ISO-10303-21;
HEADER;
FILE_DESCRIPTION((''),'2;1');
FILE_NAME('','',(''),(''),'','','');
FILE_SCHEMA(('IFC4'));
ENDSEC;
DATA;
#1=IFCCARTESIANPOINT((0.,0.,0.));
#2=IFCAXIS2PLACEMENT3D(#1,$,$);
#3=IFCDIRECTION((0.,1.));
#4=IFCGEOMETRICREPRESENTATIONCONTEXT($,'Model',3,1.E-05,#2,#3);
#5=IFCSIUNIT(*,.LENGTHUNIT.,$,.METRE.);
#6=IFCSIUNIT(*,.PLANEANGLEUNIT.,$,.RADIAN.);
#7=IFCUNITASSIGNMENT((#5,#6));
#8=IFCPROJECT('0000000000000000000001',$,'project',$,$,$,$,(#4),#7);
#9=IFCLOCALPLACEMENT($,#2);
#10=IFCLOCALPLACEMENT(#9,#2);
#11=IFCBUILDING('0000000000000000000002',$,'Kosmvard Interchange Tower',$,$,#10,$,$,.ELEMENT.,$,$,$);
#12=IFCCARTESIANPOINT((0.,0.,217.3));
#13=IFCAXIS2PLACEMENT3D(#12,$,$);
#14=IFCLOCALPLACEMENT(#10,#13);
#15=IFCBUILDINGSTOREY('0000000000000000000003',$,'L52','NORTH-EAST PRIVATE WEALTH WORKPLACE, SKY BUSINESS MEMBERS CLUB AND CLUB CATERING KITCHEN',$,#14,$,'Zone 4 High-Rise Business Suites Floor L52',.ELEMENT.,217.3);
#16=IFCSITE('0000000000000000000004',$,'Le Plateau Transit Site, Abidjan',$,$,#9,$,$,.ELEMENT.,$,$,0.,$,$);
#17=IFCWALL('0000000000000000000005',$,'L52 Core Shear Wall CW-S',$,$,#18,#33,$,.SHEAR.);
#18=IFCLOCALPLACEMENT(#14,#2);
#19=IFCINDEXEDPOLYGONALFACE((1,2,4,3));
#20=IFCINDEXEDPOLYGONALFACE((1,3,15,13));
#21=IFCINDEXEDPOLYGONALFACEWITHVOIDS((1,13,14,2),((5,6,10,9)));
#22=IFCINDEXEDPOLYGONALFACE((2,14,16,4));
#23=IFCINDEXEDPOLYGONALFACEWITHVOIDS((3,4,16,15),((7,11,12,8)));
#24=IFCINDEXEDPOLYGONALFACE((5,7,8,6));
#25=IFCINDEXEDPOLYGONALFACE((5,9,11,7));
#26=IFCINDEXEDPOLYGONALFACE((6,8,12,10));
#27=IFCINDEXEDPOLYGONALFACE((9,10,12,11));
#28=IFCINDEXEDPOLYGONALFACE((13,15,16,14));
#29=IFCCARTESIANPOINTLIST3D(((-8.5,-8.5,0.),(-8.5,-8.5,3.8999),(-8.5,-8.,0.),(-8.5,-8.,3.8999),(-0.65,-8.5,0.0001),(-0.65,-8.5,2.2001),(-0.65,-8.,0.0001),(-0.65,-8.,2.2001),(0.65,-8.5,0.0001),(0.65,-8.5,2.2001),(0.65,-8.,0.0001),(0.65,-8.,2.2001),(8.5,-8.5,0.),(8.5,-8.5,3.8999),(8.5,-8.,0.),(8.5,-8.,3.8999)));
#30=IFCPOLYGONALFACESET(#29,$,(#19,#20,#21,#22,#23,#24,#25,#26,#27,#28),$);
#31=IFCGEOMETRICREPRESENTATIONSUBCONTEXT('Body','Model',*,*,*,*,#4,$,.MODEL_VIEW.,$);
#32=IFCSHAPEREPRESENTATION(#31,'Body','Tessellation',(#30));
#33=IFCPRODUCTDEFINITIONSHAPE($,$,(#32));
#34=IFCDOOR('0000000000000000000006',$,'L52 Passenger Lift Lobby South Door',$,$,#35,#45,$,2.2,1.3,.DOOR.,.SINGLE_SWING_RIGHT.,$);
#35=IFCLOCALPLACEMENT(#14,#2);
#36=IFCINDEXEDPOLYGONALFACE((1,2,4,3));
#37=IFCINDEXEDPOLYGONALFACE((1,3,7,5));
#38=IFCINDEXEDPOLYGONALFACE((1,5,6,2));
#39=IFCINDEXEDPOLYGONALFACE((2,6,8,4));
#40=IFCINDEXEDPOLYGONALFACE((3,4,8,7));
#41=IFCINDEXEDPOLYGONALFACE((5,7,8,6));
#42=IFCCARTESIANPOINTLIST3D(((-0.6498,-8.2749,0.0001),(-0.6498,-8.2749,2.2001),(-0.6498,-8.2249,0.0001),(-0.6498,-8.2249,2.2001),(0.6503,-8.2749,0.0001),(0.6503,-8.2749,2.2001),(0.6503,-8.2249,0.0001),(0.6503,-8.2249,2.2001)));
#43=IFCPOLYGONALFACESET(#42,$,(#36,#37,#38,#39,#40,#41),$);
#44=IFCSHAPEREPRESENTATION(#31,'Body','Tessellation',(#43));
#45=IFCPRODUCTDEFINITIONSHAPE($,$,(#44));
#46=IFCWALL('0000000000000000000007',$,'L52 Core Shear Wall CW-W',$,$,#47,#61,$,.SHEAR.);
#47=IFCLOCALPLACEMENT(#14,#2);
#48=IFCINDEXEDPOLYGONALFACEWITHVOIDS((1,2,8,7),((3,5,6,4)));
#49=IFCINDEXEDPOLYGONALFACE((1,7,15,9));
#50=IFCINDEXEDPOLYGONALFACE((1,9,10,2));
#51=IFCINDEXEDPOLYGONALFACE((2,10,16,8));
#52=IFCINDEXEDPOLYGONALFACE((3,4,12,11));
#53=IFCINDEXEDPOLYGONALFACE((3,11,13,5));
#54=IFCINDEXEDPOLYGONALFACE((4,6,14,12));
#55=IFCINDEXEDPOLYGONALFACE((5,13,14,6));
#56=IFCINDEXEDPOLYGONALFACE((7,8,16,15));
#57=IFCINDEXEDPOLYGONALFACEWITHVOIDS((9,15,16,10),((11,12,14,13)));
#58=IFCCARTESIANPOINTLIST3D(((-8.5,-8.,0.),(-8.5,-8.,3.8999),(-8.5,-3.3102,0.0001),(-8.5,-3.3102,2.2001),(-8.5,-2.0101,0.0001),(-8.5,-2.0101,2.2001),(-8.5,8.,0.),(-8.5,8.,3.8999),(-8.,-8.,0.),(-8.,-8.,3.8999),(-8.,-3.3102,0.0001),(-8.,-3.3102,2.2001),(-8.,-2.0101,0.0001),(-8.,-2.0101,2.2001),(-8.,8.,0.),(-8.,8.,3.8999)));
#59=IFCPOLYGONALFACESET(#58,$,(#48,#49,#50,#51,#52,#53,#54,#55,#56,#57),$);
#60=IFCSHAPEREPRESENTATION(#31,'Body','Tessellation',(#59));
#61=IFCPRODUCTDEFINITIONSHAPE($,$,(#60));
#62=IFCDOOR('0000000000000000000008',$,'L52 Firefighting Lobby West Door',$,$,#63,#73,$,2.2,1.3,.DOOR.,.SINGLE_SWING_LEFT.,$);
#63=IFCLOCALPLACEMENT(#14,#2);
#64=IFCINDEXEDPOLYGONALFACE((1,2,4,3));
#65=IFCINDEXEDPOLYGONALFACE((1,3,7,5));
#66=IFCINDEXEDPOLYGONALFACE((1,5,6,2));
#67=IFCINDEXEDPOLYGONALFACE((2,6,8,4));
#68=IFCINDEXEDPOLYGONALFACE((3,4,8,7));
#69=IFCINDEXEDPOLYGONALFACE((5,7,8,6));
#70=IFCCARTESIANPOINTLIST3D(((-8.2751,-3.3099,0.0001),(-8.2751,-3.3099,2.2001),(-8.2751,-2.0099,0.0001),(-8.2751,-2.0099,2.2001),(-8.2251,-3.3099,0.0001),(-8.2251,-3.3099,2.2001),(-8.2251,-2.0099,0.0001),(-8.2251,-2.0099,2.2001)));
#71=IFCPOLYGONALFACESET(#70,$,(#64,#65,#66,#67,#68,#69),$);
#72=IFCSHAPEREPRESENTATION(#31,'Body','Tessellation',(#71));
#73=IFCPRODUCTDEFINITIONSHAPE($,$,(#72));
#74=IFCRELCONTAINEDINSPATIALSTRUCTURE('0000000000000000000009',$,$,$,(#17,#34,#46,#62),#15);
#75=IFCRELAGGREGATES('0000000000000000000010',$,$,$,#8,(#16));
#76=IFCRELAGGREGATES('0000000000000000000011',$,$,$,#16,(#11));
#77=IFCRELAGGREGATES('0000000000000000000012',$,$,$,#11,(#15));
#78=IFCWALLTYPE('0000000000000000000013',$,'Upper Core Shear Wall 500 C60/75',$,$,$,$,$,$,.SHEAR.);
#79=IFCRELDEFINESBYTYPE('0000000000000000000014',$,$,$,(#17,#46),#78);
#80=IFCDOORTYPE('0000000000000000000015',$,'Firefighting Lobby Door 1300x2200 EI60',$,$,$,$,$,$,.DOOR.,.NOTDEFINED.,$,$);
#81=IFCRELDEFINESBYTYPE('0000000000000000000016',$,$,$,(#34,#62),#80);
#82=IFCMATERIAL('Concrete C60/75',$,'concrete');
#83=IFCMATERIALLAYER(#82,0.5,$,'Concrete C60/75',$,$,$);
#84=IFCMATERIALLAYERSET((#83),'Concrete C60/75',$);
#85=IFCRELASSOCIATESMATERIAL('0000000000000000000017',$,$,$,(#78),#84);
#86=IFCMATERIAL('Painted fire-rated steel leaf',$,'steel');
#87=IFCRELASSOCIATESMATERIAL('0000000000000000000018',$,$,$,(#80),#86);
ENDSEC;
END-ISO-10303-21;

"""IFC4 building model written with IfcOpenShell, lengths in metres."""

from ifc_helpers import new_model, si_unit, direction, frame, frame_2d, origin, place, context, subcontext, project, spatial, rectangle, extrude, source, transform, mapped, material, layer, layer_set, type_object, element, fill, save


model = new_model("IFC4")

# Units and contexts
model_context = context("Model", 3, precision=1e-05, world=origin(), true_north=direction((0.0, 1.0)))
body_context = subcontext(model_context, "Body", "Model", "MODEL_VIEW")
ifc_project = project(units=[si_unit("LENGTHUNIT", "METRE"), si_unit("PLANEANGLEUNIT", "RADIAN")], contexts=[model_context])

# Site, building, storey
site_placement = place(None, origin())
site = spatial("IfcSite", under=ifc_project, at=site_placement, Name="Le Plateau Transit Site, Abidjan", CompositionType="ELEMENT", RefElevation=0.0)
building_placement = place(site_placement, origin())
building = spatial("IfcBuilding", under=site, at=building_placement, Name="Kosmvard Interchange Tower", CompositionType="ELEMENT")
storey_placement = place(building_placement, frame((0.0, 0.0, 217.3)))
storey = spatial("IfcBuildingStorey", under=building, at=storey_placement, Name="L52", Description="NORTH-EAST PRIVATE WEALTH WORKPLACE, SKY BUSINESS MEMBERS CLUB AND CLUB CATERING KITCHEN", LongName="Zone 4 High-Rise Business Suites Floor L52", CompositionType="ELEMENT", Elevation=217.3)

# Shared definitions
ifc_material_1 = material(Name="Concrete C60/75", Category="concrete")

# Shared definitions
ifc_material_2 = material(Name="Painted fire-rated steel leaf", Category="steel")

# Walls, openings, doors
ifc_layer_1 = layer(ifc_material_1, 0.5, Name="Concrete C60/75")
ifc_layer_set_1 = layer_set([ifc_layer_1], Name="Concrete C60/75")
wall_type_1 = type_object("IfcWallType", Name="Upper Core Shear Wall 500 C60/75", PredefinedType="SHEAR", material=ifc_layer_set_1)
wall_1_placement = place(storey_placement, frame((-8.5, -8.25, 0.0), z_axis=(0.0, 0.0, 1.0), x_axis=(1.0, 0.0, 0.0)))
wall_1 = element("IfcWall", 1, at=wall_1_placement, inside=storey, type_object=wall_type_1, Name="L52 Core Shear Wall CW-S", PredefinedType="SHEAR", context=body_context, shape_type="SweptSolid", body=[
    extrude(rectangle(XDim=17.0, YDim=0.5, at=frame_2d((8.5, 0.0))), origin(), (0.0, 0.0, 1.0), 3.8999),
])
opening_1_placement = place(wall_1_placement, frame((7.8501, 0.0, 0.0)))
opening_1 = element("IfcOpeningElement", 2, at=opening_1_placement, cuts=wall_1, PredefinedType="OPENING", context=body_context, shape_type="SweptSolid", body=[
    extrude(rectangle(XDim=1.3, YDim=2.2, at=frame_2d((0.6499, 1.1001))), frame((0.0, 0.26, 0.0), z_axis=(0.0, -1.0, 0.0), x_axis=(1.0, 0.0, 0.0)), (0.0, 0.0, 1.0), 0.52),
])
door_type_1 = type_object("IfcDoorType", Name="Firefighting Lobby Door 1300x2200 EI60", OperationType="NOTDEFINED", PredefinedType="DOOR", material=ifc_material_2)
shared_shape_1 = source(origin(), body_context, "Body", "SweptSolid", [
    extrude(rectangle(XDim=1.3, YDim=2.2, at=frame_2d((0.6499, 1.1001))), frame((0.0, 0.0249, 0.0), z_axis=(0.0, -1.0, 0.0), x_axis=(1.0, 0.0, 0.0)), (0.0, 0.0, 1.0), 0.05),
])
door_1_placement = place(opening_1_placement, frame((1.3, 0.0, 0.0), z_axis=(0.0, 0.0, 1.0), x_axis=(-1.0, 0.0, 0.0)))
door_1 = element("IfcDoor", 3, at=door_1_placement, inside=storey, type_object=door_type_1, Name="L52 Passenger Lift Lobby South Door", OperationType="SINGLE_SWING_RIGHT", OverallHeight=2.2, OverallWidth=1.3, PredefinedType="DOOR", context=body_context, shape_type="MappedRepresentation", body=[
    mapped(shared_shape_1, transform((0.0, 0.0, 0.0), scale=1.0)),
])
fill(opening_1, door_1)
wall_2_placement = place(storey_placement, frame((-8.25, -8.0, 0.0), z_axis=(0.0, 0.0, 1.0), x_axis=(0.0, 1.0, 0.0)))
wall_2 = element("IfcWall", 4, at=wall_2_placement, inside=storey, type_object=wall_type_1, Name="L52 Core Shear Wall CW-W", PredefinedType="SHEAR", context=body_context, shape_type="SweptSolid", body=[
    extrude(rectangle(XDim=16.0, YDim=0.5, at=frame_2d((8.0, 0.0))), origin(), (0.0, 0.0, 1.0), 3.8999),
])
opening_2_placement = place(wall_2_placement, frame((4.6899, 0.0, 0.0)))
opening_2 = element("IfcOpeningElement", 5, at=opening_2_placement, cuts=wall_2, PredefinedType="OPENING", context=body_context, shape_type="SweptSolid", body=[
    extrude(rectangle(XDim=1.3, YDim=2.2, at=frame_2d((0.6499, 1.1001))), frame((0.0, 0.26, 0.0), z_axis=(0.0, -1.0, 0.0), x_axis=(1.0, 0.0, 0.0)), (0.0, 0.0, 1.0), 0.52),
])
door_2_placement = place(opening_2_placement, frame((1.3, 0.0, 0.0), z_axis=(0.0, 0.0, 1.0), x_axis=(-1.0, 0.0, 0.0)))
door_2 = element("IfcDoor", 6, at=door_2_placement, inside=storey, type_object=door_type_1, Name="L52 Firefighting Lobby West Door", OperationType="SINGLE_SWING_LEFT", OverallHeight=2.2, OverallWidth=1.3, PredefinedType="DOOR", context=body_context, shape_type="MappedRepresentation", body=[
    mapped(shared_shape_1, transform((0.0, 0.0, 0.0), scale=1.0)),
])
fill(opening_2, door_2)

save(model, "model.ifc")
